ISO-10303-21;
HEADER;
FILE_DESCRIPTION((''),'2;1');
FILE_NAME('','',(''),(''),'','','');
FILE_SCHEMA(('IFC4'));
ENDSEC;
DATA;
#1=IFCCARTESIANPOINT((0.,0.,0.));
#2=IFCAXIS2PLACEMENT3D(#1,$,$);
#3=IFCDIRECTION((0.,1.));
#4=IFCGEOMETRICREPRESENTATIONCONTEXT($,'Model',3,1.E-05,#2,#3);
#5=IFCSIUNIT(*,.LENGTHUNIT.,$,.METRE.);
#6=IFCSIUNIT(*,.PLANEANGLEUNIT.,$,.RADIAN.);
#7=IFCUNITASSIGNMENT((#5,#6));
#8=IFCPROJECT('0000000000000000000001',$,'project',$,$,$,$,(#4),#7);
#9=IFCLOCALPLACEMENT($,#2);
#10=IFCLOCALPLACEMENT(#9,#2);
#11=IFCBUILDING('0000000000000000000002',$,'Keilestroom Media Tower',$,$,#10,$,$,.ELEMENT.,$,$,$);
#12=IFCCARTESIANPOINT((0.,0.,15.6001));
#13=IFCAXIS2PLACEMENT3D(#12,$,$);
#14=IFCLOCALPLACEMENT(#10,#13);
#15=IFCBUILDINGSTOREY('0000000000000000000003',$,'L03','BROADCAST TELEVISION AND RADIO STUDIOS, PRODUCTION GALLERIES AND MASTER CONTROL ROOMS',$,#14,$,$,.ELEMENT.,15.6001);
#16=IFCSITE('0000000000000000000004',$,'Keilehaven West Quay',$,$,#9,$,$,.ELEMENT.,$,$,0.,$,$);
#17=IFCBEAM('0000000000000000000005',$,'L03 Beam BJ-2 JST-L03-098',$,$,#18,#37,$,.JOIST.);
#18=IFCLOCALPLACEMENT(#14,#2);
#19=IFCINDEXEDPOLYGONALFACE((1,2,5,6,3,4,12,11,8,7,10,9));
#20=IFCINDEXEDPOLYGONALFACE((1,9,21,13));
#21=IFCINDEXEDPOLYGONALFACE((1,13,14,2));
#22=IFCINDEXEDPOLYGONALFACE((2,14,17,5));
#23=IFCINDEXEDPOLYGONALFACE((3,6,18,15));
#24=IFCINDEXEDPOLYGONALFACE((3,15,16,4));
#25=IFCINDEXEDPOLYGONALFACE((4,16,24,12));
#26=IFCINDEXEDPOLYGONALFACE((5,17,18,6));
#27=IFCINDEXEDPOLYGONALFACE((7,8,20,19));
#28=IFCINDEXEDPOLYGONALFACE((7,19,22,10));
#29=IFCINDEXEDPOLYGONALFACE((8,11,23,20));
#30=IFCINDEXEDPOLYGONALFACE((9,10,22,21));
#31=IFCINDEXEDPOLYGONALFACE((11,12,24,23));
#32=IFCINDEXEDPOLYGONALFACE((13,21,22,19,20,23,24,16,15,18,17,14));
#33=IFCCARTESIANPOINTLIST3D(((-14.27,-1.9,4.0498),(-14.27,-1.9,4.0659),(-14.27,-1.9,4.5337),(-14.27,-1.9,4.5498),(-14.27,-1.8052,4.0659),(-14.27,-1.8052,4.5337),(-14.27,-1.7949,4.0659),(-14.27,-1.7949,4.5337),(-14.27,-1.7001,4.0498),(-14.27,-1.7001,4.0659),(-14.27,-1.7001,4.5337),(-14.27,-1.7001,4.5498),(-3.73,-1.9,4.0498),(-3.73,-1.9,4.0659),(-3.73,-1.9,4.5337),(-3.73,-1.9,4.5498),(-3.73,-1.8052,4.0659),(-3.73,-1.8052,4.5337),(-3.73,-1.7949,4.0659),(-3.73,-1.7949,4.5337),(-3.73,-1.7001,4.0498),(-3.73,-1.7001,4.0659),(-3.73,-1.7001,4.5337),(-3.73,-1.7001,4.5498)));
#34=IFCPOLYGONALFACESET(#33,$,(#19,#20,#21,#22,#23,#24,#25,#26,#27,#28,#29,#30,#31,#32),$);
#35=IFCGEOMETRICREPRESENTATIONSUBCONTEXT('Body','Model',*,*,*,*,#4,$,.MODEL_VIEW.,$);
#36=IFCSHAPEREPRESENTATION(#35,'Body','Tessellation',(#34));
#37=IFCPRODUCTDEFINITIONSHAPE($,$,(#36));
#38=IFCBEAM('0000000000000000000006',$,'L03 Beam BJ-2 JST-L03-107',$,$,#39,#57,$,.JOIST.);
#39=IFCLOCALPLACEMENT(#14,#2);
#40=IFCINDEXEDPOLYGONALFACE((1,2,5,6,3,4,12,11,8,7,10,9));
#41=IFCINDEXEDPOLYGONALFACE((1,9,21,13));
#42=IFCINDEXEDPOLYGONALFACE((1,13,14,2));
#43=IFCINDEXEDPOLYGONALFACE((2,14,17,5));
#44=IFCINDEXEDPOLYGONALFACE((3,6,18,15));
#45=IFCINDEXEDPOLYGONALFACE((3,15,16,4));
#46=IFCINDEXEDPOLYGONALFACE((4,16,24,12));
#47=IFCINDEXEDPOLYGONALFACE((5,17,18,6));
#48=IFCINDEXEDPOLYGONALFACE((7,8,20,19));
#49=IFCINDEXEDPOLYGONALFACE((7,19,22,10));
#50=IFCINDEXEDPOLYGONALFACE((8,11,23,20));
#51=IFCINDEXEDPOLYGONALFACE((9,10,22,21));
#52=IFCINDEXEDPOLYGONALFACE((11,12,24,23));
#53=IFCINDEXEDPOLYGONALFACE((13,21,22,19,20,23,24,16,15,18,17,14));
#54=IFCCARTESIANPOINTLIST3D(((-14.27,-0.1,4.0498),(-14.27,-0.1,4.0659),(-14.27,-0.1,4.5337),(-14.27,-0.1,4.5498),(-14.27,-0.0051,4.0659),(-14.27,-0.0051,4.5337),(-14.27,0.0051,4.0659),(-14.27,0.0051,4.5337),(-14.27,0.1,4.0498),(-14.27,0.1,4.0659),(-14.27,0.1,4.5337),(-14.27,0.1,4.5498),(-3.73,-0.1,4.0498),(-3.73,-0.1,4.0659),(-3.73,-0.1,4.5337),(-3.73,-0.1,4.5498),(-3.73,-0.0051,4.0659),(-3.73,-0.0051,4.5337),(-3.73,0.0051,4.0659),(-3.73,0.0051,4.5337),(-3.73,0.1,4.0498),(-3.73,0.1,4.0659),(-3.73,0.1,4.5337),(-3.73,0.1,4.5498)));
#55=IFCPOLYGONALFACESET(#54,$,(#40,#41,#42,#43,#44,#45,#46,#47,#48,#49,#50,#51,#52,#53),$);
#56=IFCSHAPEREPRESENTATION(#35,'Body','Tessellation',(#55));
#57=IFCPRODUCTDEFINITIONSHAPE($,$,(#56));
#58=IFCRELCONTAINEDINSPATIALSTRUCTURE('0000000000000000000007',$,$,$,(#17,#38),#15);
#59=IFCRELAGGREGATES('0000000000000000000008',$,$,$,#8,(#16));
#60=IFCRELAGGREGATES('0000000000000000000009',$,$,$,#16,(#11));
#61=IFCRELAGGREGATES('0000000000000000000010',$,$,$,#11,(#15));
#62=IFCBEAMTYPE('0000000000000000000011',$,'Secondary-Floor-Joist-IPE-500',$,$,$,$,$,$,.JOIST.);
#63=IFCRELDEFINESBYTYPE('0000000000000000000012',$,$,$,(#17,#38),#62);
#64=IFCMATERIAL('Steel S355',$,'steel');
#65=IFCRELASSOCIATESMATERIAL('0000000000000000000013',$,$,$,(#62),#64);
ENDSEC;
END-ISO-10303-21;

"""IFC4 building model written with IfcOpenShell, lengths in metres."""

from ifc_helpers import new_model, si_unit, direction, frame, origin, origin_2d, place, context, subcontext, project, spatial, i_section, extrude, source, transform, mapped, material, material_profile, profile_set, type_object, element, save


model = new_model("IFC4")

# Units and contexts
model_context = context("Model", 3, precision=1e-05, world=origin(), true_north=direction((0.0, 1.0)))
body_context = subcontext(model_context, "Body", "Model", "MODEL_VIEW")
ifc_project = project(units=[si_unit("LENGTHUNIT", "METRE"), si_unit("PLANEANGLEUNIT", "RADIAN")], contexts=[model_context])

# Site, building, storey
site_placement = place(None, origin())
site = spatial("IfcSite", under=ifc_project, at=site_placement, Name="Keilehaven West Quay", CompositionType="ELEMENT", RefElevation=0.0)
building_placement = place(site_placement, origin())
building = spatial("IfcBuilding", under=site, at=building_placement, Name="Keilestroom Media Tower", CompositionType="ELEMENT")
storey_placement = place(building_placement, frame((0.0, 0.0, 15.6001)))
storey = spatial("IfcBuildingStorey", under=building, at=storey_placement, Name="L03", Description="BROADCAST TELEVISION AND RADIO STUDIOS, PRODUCTION GALLERIES AND MASTER CONTROL ROOMS", CompositionType="ELEMENT", Elevation=15.6001)

# Beams
ifc_material_1 = material(Name="Steel S355", Category="steel")
ifc_material_profile_1 = material_profile(ifc_material_1, i_section(OverallWidth=0.2, OverallDepth=0.5, WebThickness=0.0103, FlangeThickness=0.0161, at=origin_2d()), Name="IPE 500")
ifc_profile_set_1 = profile_set([ifc_material_profile_1], Name="Steel S355")
beam_type_1 = type_object("IfcBeamType", Name="Secondary-Floor-Joist-IPE-500", PredefinedType="JOIST", material=ifc_profile_set_1)
shared_shape_1 = source(origin(), body_context, "Body", "SweptSolid", [
    extrude(i_section(OverallWidth=0.2, OverallDepth=0.5, WebThickness=0.0103, FlangeThickness=0.0161, at=origin_2d()), origin(), (0.0, 0.0, 1.0), 10.54),
])
for number, where, z_axis, x_axis, name in (
    (1, (-14.27, -1.8, 4.2998), (1.0, 0.0, 0.0), (0.0, 1.0, 0.0), "L03 Beam BJ-2 JST-L03-098"),
    (2, (-14.27, 0.0, 4.2998), (1.0, 0.0, 0.0), (0.0, 1.0, 0.0), "L03 Beam BJ-2 JST-L03-107"),
):
    element("IfcBeam", number, at=place(storey_placement, frame(where, z_axis=z_axis, x_axis=x_axis)), inside=storey, type_object=beam_type_1, Name=name, PredefinedType="JOIST", context=body_context, shape_type="MappedRepresentation", body=[
        mapped(shared_shape_1, transform((0.0, 0.0, 0.0), x_axis=(1.0, 0.0, 0.0), y_axis=(0.0, 1.0, 0.0), z_axis=(0.0, 0.0, 1.0), scale=1.0)),
    ])

save(model, "model.ifc")
